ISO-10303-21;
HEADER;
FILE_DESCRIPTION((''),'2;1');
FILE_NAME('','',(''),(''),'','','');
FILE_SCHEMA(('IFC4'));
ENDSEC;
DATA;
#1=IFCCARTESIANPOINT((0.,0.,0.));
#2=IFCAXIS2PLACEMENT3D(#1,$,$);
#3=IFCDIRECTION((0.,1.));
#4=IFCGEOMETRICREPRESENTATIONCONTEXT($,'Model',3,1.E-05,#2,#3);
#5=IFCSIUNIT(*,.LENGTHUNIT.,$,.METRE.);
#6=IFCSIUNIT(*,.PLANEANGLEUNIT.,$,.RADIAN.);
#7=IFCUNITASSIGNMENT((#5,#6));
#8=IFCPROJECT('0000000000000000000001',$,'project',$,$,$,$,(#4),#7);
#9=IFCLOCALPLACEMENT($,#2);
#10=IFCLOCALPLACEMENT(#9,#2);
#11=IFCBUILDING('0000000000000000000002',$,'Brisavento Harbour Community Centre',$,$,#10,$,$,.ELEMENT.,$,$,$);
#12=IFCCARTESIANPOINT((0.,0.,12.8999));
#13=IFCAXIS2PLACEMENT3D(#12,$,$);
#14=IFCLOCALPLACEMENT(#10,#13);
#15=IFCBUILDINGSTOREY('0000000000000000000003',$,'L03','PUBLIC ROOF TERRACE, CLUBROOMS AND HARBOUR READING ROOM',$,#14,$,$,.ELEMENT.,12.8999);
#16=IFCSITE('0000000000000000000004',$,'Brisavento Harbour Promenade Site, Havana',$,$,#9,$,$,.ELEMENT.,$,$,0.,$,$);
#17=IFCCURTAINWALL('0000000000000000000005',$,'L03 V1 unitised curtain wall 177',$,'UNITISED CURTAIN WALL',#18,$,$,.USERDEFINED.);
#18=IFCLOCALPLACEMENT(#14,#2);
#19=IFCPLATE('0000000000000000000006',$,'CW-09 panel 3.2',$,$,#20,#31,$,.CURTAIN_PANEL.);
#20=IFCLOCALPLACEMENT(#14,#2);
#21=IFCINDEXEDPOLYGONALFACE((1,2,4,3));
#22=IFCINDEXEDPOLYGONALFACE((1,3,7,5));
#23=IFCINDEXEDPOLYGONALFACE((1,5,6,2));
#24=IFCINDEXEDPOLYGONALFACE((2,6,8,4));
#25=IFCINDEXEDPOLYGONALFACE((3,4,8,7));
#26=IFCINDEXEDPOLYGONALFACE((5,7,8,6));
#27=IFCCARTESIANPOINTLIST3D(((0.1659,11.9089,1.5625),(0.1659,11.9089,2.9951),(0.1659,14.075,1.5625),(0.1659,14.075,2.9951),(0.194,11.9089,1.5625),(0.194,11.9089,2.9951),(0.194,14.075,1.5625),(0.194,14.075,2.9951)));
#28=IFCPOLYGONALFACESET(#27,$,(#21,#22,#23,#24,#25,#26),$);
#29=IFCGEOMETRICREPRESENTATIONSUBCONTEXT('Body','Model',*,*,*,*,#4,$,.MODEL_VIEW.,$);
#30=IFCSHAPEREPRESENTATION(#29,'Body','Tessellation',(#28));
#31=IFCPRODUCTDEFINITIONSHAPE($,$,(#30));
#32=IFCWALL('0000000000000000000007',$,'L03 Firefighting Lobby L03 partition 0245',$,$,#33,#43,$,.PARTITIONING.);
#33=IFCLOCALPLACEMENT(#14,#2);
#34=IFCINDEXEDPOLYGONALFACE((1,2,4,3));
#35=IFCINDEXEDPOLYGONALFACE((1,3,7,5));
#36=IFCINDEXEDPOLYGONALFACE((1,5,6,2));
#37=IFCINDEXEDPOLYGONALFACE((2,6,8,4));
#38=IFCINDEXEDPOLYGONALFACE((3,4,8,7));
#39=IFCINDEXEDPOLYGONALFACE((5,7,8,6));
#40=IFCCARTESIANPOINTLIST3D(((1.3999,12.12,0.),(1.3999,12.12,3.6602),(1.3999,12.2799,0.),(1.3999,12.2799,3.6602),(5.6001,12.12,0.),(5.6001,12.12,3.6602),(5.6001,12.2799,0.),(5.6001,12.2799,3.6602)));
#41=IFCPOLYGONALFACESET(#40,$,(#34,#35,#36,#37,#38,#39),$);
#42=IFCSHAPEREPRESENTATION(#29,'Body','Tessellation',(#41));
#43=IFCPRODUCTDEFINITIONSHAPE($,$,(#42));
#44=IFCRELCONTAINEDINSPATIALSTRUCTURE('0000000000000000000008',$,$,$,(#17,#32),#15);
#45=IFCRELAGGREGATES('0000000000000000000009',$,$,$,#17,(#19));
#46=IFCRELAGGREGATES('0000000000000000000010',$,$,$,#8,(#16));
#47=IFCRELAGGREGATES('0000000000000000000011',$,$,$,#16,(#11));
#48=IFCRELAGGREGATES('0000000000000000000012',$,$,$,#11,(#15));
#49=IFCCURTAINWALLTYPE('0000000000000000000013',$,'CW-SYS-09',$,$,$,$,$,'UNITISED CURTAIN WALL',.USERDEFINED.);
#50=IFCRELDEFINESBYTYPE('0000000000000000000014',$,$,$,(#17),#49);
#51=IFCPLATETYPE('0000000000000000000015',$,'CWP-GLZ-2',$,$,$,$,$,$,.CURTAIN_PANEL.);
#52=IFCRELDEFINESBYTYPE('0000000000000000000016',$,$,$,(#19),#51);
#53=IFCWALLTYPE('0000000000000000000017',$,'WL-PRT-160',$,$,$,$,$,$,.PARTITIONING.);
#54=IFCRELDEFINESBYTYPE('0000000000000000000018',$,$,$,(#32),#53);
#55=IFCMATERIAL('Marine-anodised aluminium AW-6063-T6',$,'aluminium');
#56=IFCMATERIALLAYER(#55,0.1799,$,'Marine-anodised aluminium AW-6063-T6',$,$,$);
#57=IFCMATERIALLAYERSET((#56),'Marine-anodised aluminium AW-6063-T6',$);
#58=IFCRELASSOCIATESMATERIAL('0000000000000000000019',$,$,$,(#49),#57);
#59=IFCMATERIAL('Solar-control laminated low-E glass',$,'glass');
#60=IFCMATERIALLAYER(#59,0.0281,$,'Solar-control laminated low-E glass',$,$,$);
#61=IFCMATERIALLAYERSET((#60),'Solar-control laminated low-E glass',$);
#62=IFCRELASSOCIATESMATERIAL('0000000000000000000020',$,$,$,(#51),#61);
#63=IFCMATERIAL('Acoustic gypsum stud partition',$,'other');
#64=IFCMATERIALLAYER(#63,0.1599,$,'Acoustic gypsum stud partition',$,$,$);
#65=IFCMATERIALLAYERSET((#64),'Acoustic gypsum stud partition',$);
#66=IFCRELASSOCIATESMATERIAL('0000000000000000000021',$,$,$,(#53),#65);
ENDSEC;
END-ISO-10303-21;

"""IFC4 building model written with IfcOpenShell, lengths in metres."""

from ifc_helpers import new_model, si_unit, direction, frame, frame_2d, origin, origin_2d, place, context, subcontext, project, spatial, rectangle, extrude, material, layer, layer_set, type_object, element, aggregate, save


model = new_model("IFC4")

# Units and contexts
model_context = context("Model", 3, precision=1e-05, world=origin(), true_north=direction((0.0, 1.0)))
body_context = subcontext(model_context, "Body", "Model", "MODEL_VIEW")
ifc_project = project(units=[si_unit("LENGTHUNIT", "METRE"), si_unit("PLANEANGLEUNIT", "RADIAN")], contexts=[model_context])

# Site, building, storey
site_placement = place(None, origin())
site = spatial("IfcSite", under=ifc_project, at=site_placement, Name="Brisavento Harbour Promenade Site, Havana", CompositionType="ELEMENT", RefElevation=0.0)
building_placement = place(site_placement, origin())
building = spatial("IfcBuilding", under=site, at=building_placement, Name="Brisavento Harbour Community Centre", CompositionType="ELEMENT")
storey_placement = place(building_placement, frame((0.0, 0.0, 12.8999)))
storey = spatial("IfcBuildingStorey", under=building, at=storey_placement, Name="L03", Description="PUBLIC ROOF TERRACE, CLUBROOMS AND HARBOUR READING ROOM", CompositionType="ELEMENT", Elevation=12.8999)

# Curtain wall
ifc_material_1 = material(Name="Marine-anodised aluminium AW-6063-T6", Category="aluminium")
ifc_layer_1 = layer(ifc_material_1, 0.1799, Name="Marine-anodised aluminium AW-6063-T6")
ifc_layer_set_1 = layer_set([ifc_layer_1], Name="Marine-anodised aluminium AW-6063-T6")
curtain_wall_type_1 = type_object("IfcCurtainWallType", Name="CW-SYS-09", ElementType="UNITISED CURTAIN WALL", PredefinedType="USERDEFINED", material=ifc_layer_set_1)
curtain_wall_1_placement = place(storey_placement, origin())
curtain_wall_1 = element("IfcCurtainWall", 1, at=curtain_wall_1_placement, inside=storey, type_object=curtain_wall_type_1, Name="L03 V1 unitised curtain wall 177", ObjectType="UNITISED CURTAIN WALL", PredefinedType="USERDEFINED")

# Plate
ifc_material_2 = material(Name="Solar-control laminated low-E glass", Category="glass")
ifc_layer_2 = layer(ifc_material_2, 0.0281, Name="Solar-control laminated low-E glass")
ifc_layer_set_2 = layer_set([ifc_layer_2], Name="Solar-control laminated low-E glass")
plate_type = type_object("IfcPlateType", Name="CWP-GLZ-2", PredefinedType="CURTAIN_PANEL", material=ifc_layer_set_2)
plate_1_placement = place(storey_placement, frame((0.1799, 12.9919, 1.5625), z_axis=(0.0, 0.0, 1.0), x_axis=(0.0, 1.0, 0.0)))
plate_1 = element("IfcPlate", 2, at=plate_1_placement, type_object=plate_type, Name="CW-09 panel 3.2", PredefinedType="CURTAIN_PANEL", context=body_context, shape_type="SweptSolid", body=[
    extrude(rectangle(XDim=2.166, YDim=0.0281, at=origin_2d()), origin(), (0.0, 0.0, 1.0), 1.4326),
])
aggregate(curtain_wall_1, [plate_1])

# Wall
ifc_material_3 = material(Name="Acoustic gypsum stud partition", Category="other")
ifc_layer_3 = layer(ifc_material_3, 0.1599, Name="Acoustic gypsum stud partition")
ifc_layer_set_3 = layer_set([ifc_layer_3], Name="Acoustic gypsum stud partition")
wall_type = type_object("IfcWallType", Name="WL-PRT-160", PredefinedType="PARTITIONING", material=ifc_layer_set_3)
wall_placement = place(storey_placement, frame((1.3999, 12.2, 0.0), z_axis=(0.0, 0.0, 1.0), x_axis=(1.0, 0.0, 0.0)))
element("IfcWall", 3, at=wall_placement, inside=storey, type_object=wall_type, Name="L03 Firefighting Lobby L03 partition 0245", PredefinedType="PARTITIONING", context=body_context, shape_type="SweptSolid", body=[
    extrude(rectangle(XDim=4.2002, YDim=0.1599, at=frame_2d((2.1001, 0.0))), origin(), (0.0, 0.0, 1.0), 3.6602),
])

save(model, "model.ifc")
